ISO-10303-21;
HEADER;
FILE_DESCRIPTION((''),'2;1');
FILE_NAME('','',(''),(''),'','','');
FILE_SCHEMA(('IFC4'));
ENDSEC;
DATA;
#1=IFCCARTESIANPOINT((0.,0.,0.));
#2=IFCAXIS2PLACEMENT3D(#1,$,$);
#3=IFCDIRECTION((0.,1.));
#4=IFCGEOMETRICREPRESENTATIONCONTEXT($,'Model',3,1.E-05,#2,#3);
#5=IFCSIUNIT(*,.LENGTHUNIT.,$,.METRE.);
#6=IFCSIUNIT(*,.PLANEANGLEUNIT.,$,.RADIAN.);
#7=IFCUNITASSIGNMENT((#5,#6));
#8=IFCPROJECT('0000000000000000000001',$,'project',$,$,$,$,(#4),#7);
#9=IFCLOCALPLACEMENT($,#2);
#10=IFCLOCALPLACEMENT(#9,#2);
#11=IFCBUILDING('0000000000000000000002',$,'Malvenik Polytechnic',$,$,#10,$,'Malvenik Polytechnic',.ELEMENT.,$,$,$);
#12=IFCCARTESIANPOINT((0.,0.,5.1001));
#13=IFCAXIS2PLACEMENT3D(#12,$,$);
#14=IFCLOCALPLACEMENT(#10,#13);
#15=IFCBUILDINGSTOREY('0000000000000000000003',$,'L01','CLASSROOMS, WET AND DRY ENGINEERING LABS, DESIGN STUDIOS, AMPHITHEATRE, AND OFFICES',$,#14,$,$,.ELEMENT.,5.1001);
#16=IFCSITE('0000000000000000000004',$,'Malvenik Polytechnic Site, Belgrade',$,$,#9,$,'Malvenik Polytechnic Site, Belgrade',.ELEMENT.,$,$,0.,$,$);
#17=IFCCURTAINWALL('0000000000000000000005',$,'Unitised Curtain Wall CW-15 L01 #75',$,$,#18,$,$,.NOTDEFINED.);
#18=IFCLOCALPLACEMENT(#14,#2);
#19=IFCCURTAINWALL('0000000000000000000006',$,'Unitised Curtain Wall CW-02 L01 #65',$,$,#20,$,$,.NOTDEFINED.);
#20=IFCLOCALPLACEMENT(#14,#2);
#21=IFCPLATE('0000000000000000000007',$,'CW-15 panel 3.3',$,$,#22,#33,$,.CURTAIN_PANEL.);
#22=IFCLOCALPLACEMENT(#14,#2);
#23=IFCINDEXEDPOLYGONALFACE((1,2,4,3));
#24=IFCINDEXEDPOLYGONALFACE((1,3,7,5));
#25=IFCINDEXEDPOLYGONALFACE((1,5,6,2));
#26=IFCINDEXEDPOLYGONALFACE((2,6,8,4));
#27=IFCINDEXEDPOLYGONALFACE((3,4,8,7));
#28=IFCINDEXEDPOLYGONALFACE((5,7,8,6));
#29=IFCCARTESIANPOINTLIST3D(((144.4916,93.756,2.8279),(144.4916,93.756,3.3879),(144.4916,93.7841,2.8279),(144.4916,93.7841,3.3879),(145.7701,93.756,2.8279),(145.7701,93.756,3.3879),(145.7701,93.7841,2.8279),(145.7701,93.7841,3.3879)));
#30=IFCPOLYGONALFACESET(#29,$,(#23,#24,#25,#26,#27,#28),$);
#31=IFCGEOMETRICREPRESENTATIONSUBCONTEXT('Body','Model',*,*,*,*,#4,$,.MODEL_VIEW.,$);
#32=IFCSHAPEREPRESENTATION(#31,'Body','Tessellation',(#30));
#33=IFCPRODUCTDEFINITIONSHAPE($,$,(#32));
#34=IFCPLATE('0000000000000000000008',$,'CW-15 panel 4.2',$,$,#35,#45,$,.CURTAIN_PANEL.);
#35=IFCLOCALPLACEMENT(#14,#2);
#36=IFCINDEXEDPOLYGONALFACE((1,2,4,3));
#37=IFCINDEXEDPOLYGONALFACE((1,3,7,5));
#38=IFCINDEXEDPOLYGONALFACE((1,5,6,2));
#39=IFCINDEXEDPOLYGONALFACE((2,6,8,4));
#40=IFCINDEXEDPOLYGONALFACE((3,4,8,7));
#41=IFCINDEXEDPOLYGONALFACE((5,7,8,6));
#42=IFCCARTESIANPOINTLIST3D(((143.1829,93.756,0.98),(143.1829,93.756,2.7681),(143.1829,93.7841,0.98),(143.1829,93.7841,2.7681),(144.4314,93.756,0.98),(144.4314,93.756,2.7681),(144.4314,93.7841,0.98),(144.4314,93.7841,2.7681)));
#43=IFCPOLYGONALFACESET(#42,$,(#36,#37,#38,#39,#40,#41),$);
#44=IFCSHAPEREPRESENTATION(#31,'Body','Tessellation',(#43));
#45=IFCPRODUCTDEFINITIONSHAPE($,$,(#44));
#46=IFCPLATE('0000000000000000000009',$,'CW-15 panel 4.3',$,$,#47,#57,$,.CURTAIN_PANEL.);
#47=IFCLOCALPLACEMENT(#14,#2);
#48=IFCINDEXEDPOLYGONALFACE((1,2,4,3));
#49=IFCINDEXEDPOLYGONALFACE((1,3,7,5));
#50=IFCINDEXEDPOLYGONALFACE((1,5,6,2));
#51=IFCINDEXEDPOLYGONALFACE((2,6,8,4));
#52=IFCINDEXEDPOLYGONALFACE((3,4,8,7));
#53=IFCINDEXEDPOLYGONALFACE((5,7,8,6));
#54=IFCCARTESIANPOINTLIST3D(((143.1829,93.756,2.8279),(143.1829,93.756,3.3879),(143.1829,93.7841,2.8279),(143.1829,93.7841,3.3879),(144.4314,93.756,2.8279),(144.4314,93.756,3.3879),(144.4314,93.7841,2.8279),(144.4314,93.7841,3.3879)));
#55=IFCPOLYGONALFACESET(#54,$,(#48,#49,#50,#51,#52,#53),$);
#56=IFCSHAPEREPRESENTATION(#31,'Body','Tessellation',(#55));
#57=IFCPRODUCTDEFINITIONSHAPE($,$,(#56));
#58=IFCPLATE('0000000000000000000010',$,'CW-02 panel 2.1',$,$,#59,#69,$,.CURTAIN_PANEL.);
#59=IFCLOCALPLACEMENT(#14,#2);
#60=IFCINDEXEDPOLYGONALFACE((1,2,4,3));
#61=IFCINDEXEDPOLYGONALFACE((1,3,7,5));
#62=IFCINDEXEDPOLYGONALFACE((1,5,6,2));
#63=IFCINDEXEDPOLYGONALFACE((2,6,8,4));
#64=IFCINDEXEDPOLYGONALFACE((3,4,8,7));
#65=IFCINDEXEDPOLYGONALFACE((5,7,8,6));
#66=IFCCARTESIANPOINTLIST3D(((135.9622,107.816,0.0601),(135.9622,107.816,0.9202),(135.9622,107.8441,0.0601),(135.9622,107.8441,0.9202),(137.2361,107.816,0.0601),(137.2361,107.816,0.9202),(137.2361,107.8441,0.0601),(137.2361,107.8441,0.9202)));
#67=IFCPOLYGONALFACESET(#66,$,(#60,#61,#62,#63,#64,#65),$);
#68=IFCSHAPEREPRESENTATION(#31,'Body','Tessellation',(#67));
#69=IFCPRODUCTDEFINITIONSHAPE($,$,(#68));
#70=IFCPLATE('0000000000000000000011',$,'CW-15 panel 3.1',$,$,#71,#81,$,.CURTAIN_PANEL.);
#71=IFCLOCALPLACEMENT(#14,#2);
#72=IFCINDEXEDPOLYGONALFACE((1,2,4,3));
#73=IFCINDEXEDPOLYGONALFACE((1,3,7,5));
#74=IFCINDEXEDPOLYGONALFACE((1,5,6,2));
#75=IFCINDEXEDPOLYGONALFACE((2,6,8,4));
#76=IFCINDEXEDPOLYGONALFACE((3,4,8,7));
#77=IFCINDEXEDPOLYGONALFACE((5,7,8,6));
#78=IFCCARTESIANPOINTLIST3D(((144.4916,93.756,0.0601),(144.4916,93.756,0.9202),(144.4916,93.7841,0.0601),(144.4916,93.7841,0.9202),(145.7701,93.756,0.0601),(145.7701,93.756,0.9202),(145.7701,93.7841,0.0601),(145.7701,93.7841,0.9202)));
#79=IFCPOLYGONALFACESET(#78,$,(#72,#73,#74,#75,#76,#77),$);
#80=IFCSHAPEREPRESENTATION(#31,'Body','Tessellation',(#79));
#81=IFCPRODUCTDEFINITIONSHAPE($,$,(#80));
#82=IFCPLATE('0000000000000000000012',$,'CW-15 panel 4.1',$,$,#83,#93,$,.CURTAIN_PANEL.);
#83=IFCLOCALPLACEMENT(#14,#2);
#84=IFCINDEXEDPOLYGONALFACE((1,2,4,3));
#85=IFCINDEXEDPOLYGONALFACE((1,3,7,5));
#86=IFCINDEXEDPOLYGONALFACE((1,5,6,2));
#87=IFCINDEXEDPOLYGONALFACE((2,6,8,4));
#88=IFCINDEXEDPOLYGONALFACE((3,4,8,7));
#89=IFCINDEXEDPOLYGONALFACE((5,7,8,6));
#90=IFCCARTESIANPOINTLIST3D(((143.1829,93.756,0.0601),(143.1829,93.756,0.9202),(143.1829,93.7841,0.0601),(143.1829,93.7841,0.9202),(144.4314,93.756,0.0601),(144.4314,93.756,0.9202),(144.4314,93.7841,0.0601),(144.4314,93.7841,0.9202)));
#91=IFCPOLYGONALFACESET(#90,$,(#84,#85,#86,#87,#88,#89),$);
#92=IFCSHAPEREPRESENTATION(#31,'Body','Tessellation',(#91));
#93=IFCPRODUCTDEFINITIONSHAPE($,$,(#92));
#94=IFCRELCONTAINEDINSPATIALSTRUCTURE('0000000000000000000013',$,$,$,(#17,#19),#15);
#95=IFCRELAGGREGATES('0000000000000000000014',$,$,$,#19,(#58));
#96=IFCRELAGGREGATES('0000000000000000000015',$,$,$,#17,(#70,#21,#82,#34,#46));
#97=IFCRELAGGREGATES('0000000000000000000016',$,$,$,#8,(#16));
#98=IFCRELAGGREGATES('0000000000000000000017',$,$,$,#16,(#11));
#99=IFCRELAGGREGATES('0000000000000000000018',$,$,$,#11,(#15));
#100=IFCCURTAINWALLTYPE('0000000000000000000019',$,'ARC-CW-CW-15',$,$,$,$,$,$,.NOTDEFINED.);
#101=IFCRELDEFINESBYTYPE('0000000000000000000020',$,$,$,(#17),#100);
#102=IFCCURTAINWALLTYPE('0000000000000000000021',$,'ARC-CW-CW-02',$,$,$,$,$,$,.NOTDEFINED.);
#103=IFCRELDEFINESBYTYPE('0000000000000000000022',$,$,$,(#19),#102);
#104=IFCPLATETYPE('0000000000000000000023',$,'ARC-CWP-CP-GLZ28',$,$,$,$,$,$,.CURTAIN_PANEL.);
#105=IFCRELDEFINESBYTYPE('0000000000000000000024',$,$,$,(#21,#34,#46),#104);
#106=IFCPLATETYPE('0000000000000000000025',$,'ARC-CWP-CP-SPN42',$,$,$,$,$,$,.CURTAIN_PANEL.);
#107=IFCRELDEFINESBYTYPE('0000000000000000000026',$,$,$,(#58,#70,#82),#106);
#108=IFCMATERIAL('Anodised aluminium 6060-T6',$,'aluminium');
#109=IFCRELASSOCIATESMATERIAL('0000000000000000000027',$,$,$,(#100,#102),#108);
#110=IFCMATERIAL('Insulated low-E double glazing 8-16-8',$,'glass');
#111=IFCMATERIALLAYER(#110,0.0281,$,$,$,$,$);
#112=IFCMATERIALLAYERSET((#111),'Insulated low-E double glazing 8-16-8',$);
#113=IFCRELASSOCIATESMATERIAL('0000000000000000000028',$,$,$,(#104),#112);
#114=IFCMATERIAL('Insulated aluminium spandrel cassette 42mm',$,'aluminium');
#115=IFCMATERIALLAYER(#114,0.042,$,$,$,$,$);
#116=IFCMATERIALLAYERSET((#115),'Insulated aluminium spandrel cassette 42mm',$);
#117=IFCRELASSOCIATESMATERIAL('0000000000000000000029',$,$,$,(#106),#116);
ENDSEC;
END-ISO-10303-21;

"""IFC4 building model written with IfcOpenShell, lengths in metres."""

from ifc_helpers import new_model, si_unit, direction, frame, origin, origin_2d, place, context, subcontext, project, spatial, rectangle, extrude, material, layer, layer_set, type_object, element, aggregate, save


model = new_model("IFC4")

# Units and contexts
model_context = context("Model", 3, precision=1e-05, world=origin(), true_north=direction((0.0, 1.0)))
body_context = subcontext(model_context, "Body", "Model", "MODEL_VIEW")
ifc_project = project(units=[si_unit("LENGTHUNIT", "METRE"), si_unit("PLANEANGLEUNIT", "RADIAN")], contexts=[model_context])

# Site, building, storey
site_placement = place(None, origin())
site = spatial("IfcSite", under=ifc_project, at=site_placement, Name="Malvenik Polytechnic Site, Belgrade", LongName="Malvenik Polytechnic Site, Belgrade", CompositionType="ELEMENT", RefElevation=0.0)
building_placement = place(site_placement, origin())
building = spatial("IfcBuilding", under=site, at=building_placement, Name="Malvenik Polytechnic", LongName="Malvenik Polytechnic", CompositionType="ELEMENT")
storey_placement = place(building_placement, frame((0.0, 0.0, 5.1001)))
storey = spatial("IfcBuildingStorey", under=building, at=storey_placement, Name="L01", Description="CLASSROOMS, WET AND DRY ENGINEERING LABS, DESIGN STUDIOS, AMPHITHEATRE, AND OFFICES", CompositionType="ELEMENT", Elevation=5.1001)

# Shared definitions
ifc_material_1 = material(Name="Anodised aluminium 6060-T6", Category="aluminium")

# Curtain walls
curtain_wall_type_1 = type_object("IfcCurtainWallType", Name="ARC-CW-CW-15", PredefinedType="NOTDEFINED", material=ifc_material_1)
curtain_wall_1_placement = place(storey_placement, origin())
curtain_wall_1 = element("IfcCurtainWall", 1, at=curtain_wall_1_placement, inside=storey, type_object=curtain_wall_type_1, Name="Unitised Curtain Wall CW-15 L01 #75", PredefinedType="NOTDEFINED")
curtain_wall_type_2 = type_object("IfcCurtainWallType", Name="ARC-CW-CW-02", PredefinedType="NOTDEFINED", material=ifc_material_1)
curtain_wall_2_placement = place(storey_placement, origin())
curtain_wall_2 = element("IfcCurtainWall", 2, at=curtain_wall_2_placement, inside=storey, type_object=curtain_wall_type_2, Name="Unitised Curtain Wall CW-02 L01 #65", PredefinedType="NOTDEFINED")

# Plates
ifc_material_2 = material(Name="Insulated low-E double glazing 8-16-8", Category="glass")
ifc_layer_1 = layer(ifc_material_2, 0.0281)
ifc_layer_set_1 = layer_set([ifc_layer_1], Name="Insulated low-E double glazing 8-16-8")
plate_type_1 = type_object("IfcPlateType", Name="ARC-CWP-CP-GLZ28", PredefinedType="CURTAIN_PANEL", material=ifc_layer_set_1)
plate_1_placement = place(storey_placement, frame((145.1309, 93.77, 2.8279), z_axis=(0.0, 0.0, 1.0), x_axis=(-1.0, 0.0, 0.0)))
plate_1 = element("IfcPlate", 3, at=plate_1_placement, type_object=plate_type_1, Name="CW-15 panel 3.3", PredefinedType="CURTAIN_PANEL", context=body_context, shape_type="SweptSolid", body=[
    extrude(rectangle(XDim=1.2786, YDim=0.0281, at=origin_2d()), origin(), (0.0, 0.0, 1.0), 0.5601),
])
plate_2_placement = place(storey_placement, frame((143.8071, 93.77, 0.98), z_axis=(0.0, 0.0, 1.0), x_axis=(-1.0, 0.0, 0.0)))
plate_2 = element("IfcPlate", 4, at=plate_2_placement, type_object=plate_type_1, Name="CW-15 panel 4.2", PredefinedType="CURTAIN_PANEL", context=body_context, shape_type="SweptSolid", body=[
    extrude(rectangle(XDim=1.2485, YDim=0.0281, at=origin_2d()), origin(), (0.0, 0.0, 1.0), 1.7881),
])
plate_3_placement = place(storey_placement, frame((143.8071, 93.77, 2.8279), z_axis=(0.0, 0.0, 1.0), x_axis=(-1.0, 0.0, 0.0)))
plate_3 = element("IfcPlate", 5, at=plate_3_placement, type_object=plate_type_1, Name="CW-15 panel 4.3", PredefinedType="CURTAIN_PANEL", context=body_context, shape_type="SweptSolid", body=[
    extrude(rectangle(XDim=1.2485, YDim=0.0281, at=origin_2d()), origin(), (0.0, 0.0, 1.0), 0.5601),
])
ifc_material_3 = material(Name="Insulated aluminium spandrel cassette 42mm", Category="aluminium")
ifc_layer_2 = layer(ifc_material_3, 0.042)
ifc_layer_set_2 = layer_set([ifc_layer_2], Name="Insulated aluminium spandrel cassette 42mm")
plate_type_2 = type_object("IfcPlateType", Name="ARC-CWP-CP-SPN42", PredefinedType="CURTAIN_PANEL", material=ifc_layer_set_2)
plate_4_placement = place(storey_placement, frame((136.5991, 107.8301, 0.0601), z_axis=(0.0, 0.0, 1.0), x_axis=(1.0, 0.0, 0.0)))
plate_4 = element("IfcPlate", 6, at=plate_4_placement, type_object=plate_type_2, Name="CW-02 panel 2.1", PredefinedType="CURTAIN_PANEL", context=body_context, shape_type="SweptSolid", body=[
    extrude(rectangle(XDim=1.2739, YDim=0.0281, at=origin_2d()), origin(), (0.0, 0.0, 1.0), 0.8601),
])
aggregate(curtain_wall_2, [plate_4])
plate_5_placement = place(storey_placement, frame((145.1309, 93.77, 0.0601), z_axis=(0.0, 0.0, 1.0), x_axis=(-1.0, 0.0, 0.0)))
plate_5 = element("IfcPlate", 7, at=plate_5_placement, type_object=plate_type_2, Name="CW-15 panel 3.1", PredefinedType="CURTAIN_PANEL", context=body_context, shape_type="SweptSolid", body=[
    extrude(rectangle(XDim=1.2786, YDim=0.0281, at=origin_2d()), origin(), (0.0, 0.0, 1.0), 0.8601),
])
plate_6_placement = place(storey_placement, frame((143.8071, 93.77, 0.0601), z_axis=(0.0, 0.0, 1.0), x_axis=(-1.0, 0.0, 0.0)))
plate_6 = element("IfcPlate", 8, at=plate_6_placement, type_object=plate_type_2, Name="CW-15 panel 4.1", PredefinedType="CURTAIN_PANEL", context=body_context, shape_type="SweptSolid", body=[
    extrude(rectangle(XDim=1.2485, YDim=0.0281, at=origin_2d()), origin(), (0.0, 0.0, 1.0), 0.8601),
])
aggregate(curtain_wall_1, [plate_5, plate_1, plate_6, plate_2, plate_3])

save(model, "model.ifc")
